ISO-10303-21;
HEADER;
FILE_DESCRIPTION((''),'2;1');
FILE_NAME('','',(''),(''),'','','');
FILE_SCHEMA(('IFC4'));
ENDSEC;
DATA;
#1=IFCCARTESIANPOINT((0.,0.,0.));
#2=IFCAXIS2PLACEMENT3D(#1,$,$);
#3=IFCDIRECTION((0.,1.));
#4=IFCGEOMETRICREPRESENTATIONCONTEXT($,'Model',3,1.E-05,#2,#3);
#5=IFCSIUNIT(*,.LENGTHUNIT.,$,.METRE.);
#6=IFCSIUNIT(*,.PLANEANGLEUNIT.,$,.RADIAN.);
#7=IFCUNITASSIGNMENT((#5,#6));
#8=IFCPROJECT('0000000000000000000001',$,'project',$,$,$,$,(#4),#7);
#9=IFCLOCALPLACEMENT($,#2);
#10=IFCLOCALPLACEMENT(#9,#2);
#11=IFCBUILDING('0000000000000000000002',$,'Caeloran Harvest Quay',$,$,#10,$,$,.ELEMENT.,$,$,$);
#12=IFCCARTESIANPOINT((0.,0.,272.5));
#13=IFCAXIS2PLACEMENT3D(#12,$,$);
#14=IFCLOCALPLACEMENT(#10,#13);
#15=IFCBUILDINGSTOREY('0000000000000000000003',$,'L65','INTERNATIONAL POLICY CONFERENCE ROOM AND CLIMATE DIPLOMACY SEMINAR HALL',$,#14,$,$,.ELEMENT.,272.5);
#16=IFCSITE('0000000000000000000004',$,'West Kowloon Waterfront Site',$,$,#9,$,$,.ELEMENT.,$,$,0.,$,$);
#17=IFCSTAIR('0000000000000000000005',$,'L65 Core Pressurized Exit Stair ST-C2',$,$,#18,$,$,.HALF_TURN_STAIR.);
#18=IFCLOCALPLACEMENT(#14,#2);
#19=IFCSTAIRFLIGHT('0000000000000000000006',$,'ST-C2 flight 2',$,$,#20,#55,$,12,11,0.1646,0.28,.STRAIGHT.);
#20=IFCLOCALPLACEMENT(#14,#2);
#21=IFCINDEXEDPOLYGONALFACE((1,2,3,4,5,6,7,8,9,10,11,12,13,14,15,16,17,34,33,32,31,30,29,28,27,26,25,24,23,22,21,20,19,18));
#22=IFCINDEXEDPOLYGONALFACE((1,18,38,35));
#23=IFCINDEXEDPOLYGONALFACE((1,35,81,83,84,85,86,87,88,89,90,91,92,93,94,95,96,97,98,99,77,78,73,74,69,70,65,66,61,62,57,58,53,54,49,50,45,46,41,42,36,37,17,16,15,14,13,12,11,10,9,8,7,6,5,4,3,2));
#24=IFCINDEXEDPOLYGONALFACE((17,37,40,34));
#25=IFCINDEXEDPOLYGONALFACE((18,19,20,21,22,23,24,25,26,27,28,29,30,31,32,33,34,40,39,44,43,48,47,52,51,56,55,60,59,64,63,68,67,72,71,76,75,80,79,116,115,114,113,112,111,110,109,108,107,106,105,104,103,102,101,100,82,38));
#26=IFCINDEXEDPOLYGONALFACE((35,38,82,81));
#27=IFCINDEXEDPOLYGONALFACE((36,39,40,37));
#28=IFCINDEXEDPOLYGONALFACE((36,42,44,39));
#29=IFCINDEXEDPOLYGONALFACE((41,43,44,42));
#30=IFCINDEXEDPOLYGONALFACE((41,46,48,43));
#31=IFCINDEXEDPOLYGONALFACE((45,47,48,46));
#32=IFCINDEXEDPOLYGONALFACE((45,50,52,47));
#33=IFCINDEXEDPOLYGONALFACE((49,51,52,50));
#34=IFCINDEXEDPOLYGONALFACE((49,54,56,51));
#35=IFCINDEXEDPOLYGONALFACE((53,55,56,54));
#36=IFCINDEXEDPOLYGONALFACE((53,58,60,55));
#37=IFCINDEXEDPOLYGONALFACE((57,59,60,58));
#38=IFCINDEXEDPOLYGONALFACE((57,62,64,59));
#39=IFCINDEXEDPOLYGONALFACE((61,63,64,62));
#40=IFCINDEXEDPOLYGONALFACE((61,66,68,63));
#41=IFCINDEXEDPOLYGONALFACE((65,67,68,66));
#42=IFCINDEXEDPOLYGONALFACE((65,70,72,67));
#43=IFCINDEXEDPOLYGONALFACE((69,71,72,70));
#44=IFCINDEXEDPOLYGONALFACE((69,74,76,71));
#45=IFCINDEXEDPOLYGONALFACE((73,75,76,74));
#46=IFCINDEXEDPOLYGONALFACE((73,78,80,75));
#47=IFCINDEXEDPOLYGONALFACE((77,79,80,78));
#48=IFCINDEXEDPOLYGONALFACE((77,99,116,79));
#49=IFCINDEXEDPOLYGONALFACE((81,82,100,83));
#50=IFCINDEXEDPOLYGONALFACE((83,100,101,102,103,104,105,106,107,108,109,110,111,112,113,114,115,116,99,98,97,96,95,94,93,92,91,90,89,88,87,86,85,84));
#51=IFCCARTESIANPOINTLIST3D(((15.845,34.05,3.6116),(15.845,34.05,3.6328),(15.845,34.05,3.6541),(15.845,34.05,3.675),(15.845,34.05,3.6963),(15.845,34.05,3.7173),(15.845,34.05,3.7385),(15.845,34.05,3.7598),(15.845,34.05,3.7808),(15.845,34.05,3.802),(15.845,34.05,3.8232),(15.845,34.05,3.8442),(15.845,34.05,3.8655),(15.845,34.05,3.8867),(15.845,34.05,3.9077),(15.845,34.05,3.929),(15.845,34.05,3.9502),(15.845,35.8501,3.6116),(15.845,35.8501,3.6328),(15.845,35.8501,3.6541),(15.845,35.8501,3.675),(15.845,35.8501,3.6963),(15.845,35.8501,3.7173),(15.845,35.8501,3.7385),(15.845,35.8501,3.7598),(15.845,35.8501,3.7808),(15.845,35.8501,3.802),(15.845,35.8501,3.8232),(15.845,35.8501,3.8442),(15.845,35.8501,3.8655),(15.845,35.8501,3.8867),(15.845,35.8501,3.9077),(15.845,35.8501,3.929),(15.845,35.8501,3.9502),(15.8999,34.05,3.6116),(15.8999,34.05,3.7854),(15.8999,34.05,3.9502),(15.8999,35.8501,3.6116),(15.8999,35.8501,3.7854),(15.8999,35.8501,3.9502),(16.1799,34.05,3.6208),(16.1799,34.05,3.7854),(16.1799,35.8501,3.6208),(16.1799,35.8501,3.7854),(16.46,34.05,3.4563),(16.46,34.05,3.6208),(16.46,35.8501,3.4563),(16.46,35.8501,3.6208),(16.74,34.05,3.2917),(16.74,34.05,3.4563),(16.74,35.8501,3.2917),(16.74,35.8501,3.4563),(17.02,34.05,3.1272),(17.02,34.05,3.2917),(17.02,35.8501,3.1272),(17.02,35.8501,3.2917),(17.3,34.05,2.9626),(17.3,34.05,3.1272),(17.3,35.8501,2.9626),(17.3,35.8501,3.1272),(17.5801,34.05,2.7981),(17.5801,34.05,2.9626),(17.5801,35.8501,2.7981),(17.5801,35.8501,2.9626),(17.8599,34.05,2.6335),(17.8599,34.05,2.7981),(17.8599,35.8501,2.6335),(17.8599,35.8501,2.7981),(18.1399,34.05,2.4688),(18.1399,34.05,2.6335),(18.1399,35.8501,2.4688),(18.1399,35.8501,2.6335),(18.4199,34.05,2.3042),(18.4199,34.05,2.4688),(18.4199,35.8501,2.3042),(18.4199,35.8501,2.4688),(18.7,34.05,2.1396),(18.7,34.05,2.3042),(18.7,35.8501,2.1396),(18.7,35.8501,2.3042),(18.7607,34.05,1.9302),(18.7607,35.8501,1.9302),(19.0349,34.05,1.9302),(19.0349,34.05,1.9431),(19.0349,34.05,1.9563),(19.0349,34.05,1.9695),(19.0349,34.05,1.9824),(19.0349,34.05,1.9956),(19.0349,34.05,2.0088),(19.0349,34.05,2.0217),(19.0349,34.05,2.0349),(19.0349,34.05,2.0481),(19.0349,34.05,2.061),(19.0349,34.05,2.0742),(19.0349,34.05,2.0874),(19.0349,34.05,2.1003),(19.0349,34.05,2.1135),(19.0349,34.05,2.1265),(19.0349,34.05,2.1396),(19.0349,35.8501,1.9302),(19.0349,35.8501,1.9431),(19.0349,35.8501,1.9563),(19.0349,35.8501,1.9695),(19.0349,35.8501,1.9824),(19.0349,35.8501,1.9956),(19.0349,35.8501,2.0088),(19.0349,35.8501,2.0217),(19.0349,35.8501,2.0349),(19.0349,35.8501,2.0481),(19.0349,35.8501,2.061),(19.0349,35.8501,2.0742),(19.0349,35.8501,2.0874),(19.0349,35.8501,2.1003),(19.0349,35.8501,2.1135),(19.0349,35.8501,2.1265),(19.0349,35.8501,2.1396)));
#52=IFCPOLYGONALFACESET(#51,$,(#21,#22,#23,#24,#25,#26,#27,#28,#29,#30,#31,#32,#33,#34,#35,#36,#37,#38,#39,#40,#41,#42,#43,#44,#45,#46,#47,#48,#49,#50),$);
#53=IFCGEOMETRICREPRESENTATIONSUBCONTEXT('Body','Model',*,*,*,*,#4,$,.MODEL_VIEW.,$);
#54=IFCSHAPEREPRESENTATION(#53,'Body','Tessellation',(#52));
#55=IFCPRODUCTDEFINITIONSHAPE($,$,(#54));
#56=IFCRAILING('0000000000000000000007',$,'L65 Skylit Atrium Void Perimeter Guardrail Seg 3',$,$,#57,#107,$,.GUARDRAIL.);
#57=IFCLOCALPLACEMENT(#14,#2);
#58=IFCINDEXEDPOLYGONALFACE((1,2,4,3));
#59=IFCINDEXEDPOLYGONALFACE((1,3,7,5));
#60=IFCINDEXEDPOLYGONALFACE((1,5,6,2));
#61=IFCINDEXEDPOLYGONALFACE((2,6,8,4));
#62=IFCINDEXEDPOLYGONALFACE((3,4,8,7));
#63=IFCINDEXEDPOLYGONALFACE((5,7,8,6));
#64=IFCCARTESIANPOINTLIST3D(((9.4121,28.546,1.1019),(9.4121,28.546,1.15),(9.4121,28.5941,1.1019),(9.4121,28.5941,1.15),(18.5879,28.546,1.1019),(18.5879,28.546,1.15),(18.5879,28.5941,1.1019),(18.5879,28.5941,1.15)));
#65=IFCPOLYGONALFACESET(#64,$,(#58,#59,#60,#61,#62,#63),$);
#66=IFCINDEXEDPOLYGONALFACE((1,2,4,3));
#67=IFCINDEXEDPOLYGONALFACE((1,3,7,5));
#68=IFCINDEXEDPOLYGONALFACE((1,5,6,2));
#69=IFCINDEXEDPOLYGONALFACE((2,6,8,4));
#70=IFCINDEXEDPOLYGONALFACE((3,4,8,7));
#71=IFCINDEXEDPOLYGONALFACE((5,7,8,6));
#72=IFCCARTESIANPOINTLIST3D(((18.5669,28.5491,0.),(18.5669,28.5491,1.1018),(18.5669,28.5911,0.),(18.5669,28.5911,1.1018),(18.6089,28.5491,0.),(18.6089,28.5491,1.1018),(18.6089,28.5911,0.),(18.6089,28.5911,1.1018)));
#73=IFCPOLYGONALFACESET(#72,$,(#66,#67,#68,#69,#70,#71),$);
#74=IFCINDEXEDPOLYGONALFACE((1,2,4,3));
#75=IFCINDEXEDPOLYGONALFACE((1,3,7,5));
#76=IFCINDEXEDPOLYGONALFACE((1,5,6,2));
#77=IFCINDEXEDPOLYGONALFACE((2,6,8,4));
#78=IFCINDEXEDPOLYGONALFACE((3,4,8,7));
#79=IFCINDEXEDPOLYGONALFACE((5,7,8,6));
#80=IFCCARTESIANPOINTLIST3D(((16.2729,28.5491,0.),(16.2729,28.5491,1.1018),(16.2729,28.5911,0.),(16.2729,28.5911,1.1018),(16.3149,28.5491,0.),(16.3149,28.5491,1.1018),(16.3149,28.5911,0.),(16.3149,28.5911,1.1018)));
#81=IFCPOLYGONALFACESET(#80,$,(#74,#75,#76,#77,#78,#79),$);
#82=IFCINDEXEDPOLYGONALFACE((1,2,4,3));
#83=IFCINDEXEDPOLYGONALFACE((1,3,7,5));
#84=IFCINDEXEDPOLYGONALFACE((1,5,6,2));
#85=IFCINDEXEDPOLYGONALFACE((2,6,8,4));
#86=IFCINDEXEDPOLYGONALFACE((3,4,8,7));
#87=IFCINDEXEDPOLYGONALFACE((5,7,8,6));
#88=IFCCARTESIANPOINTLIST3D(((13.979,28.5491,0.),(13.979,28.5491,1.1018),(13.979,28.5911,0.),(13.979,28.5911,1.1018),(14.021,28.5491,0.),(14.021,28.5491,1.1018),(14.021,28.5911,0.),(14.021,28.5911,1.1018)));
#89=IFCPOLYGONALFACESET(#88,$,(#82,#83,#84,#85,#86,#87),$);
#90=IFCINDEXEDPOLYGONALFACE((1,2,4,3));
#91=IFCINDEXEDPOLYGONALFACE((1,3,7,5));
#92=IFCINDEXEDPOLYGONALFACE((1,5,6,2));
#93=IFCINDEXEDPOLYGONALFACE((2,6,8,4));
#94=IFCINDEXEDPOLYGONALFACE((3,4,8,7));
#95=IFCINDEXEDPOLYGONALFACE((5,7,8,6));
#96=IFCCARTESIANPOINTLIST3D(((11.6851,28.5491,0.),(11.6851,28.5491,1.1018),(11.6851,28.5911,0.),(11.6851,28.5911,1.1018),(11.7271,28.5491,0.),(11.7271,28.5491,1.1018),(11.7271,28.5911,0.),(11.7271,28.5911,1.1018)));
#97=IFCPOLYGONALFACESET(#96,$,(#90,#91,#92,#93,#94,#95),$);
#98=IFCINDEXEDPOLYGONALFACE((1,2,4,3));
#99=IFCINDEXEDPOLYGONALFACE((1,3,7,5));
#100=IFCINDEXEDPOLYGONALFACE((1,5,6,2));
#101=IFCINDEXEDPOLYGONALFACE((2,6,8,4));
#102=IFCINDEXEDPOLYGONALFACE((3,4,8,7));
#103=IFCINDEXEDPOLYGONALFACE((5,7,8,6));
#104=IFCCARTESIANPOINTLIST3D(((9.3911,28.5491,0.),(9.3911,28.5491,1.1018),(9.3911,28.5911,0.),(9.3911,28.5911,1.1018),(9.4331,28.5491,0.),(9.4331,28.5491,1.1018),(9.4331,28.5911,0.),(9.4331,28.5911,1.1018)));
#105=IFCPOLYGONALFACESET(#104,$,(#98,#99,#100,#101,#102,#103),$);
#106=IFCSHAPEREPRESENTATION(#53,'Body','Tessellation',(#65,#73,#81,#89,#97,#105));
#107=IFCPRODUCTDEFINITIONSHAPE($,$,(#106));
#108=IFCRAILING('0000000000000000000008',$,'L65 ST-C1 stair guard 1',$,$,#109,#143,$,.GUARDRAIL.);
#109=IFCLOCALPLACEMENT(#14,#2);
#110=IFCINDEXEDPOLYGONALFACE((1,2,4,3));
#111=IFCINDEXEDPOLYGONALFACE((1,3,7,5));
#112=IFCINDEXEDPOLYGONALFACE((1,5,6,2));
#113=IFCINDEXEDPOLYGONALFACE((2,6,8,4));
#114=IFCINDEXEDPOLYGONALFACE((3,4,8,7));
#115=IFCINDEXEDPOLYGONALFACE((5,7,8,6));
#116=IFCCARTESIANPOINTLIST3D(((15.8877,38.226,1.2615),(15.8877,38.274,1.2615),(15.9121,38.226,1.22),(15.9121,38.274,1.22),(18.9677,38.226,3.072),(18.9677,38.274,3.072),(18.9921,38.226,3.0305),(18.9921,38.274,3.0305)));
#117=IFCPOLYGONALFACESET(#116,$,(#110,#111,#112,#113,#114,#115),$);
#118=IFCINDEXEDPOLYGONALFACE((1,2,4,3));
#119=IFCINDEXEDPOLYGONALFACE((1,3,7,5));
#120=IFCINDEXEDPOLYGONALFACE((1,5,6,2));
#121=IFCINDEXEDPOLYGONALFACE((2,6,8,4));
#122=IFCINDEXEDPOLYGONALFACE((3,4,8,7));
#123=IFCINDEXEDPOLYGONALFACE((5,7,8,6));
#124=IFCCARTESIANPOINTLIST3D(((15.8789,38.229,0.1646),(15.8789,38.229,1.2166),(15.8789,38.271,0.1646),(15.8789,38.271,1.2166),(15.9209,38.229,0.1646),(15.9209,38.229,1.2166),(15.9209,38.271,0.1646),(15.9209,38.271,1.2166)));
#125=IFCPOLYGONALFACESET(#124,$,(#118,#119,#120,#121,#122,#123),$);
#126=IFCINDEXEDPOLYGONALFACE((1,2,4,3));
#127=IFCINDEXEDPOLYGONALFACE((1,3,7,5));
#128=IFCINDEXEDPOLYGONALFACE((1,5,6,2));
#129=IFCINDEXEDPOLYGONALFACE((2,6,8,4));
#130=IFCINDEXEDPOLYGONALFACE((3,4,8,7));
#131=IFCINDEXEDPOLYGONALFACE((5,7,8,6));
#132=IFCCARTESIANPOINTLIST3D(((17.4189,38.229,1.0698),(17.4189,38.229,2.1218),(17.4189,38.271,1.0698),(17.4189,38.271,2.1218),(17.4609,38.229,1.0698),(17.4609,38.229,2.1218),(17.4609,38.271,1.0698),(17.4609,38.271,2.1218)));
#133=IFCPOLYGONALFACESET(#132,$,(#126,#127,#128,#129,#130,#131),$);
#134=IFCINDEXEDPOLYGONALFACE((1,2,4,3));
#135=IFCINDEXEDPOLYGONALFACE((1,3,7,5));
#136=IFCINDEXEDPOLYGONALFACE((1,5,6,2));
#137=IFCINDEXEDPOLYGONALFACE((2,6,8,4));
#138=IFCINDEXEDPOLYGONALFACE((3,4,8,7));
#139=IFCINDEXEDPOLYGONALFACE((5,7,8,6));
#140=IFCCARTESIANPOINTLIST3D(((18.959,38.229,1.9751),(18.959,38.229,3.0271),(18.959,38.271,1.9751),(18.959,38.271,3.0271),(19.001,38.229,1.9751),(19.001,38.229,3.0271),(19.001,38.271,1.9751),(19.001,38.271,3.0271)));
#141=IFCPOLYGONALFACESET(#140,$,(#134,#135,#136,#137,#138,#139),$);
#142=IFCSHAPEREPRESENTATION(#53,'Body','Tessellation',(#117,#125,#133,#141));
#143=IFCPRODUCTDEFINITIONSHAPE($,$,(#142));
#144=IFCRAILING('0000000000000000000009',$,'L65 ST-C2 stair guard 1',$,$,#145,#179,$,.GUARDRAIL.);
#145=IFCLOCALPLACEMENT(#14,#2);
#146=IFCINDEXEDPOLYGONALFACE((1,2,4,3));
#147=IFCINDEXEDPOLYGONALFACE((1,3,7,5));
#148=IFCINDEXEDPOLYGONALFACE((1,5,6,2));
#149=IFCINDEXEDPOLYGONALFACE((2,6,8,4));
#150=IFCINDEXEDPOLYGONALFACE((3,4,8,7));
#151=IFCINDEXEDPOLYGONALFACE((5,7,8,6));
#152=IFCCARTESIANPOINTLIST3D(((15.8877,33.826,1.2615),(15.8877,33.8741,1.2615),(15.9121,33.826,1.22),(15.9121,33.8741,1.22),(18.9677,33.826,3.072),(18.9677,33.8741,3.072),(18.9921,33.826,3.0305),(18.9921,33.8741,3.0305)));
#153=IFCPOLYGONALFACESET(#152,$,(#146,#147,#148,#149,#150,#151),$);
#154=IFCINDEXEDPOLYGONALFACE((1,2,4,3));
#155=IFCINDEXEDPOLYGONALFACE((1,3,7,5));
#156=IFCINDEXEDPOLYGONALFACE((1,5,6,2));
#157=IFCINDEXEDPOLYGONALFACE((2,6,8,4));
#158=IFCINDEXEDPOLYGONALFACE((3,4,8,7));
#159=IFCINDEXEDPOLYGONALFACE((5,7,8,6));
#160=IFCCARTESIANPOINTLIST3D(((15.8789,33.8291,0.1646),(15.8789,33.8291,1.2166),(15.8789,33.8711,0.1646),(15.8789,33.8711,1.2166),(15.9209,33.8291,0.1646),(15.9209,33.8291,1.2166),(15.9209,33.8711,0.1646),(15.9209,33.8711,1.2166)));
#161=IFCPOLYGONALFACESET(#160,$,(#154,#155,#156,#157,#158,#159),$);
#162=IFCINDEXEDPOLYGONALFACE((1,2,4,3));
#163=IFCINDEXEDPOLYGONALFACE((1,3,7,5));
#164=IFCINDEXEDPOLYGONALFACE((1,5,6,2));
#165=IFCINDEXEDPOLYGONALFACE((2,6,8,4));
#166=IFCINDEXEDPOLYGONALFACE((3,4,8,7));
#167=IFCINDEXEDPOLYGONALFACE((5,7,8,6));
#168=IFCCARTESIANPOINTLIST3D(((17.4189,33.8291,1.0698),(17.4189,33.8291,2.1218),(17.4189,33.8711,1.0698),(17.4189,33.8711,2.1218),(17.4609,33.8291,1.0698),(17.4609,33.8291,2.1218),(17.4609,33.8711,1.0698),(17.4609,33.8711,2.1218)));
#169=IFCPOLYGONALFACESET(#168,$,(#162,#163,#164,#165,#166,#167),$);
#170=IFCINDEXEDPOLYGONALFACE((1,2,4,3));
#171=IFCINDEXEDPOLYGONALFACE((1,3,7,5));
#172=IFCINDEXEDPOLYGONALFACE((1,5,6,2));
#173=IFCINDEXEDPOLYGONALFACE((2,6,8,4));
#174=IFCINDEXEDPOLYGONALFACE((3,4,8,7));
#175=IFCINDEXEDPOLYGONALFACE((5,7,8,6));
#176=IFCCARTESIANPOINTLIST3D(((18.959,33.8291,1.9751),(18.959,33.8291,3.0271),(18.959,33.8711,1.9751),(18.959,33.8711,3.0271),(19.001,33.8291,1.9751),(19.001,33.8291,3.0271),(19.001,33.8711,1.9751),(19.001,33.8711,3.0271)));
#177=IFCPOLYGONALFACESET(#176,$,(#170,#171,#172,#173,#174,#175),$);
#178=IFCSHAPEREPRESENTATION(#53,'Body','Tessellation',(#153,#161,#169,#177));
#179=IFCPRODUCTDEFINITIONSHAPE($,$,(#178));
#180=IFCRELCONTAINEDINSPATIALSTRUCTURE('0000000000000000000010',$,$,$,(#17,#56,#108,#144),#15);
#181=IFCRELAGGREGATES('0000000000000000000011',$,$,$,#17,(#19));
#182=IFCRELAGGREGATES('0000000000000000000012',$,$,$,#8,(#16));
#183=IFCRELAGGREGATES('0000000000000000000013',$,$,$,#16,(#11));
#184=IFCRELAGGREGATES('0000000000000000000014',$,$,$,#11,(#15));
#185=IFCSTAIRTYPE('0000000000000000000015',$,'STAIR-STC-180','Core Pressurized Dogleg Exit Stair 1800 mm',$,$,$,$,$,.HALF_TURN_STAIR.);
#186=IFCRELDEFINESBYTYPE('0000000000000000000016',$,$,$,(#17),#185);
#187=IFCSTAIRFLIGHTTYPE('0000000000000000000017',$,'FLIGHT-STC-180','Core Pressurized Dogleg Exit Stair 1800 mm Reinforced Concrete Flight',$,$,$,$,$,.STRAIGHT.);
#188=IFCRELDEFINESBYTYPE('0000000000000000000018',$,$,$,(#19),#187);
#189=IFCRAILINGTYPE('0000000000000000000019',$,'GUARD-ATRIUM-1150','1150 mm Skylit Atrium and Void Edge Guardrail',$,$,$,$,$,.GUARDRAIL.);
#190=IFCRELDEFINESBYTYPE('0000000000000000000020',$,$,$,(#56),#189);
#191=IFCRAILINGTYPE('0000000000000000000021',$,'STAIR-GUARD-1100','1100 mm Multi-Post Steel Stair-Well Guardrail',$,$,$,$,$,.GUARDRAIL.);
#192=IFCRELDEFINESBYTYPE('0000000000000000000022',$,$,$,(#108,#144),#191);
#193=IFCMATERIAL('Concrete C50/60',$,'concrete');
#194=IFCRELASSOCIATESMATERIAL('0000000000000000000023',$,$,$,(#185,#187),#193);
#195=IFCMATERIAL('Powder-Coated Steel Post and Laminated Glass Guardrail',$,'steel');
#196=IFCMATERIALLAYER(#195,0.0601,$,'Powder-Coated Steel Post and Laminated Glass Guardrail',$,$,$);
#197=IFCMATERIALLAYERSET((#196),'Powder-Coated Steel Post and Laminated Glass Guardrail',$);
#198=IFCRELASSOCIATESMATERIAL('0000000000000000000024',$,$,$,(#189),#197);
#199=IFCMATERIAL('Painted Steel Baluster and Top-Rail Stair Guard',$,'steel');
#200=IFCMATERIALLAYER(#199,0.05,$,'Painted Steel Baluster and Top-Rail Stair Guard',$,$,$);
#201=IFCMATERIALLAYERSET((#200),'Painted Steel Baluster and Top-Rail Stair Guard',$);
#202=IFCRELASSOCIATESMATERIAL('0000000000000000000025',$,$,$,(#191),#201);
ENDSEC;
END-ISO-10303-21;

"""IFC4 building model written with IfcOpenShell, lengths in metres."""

from ifc_helpers import new_model, si_unit, direction, frame, origin, origin_2d, place, context, subcontext, project, spatial, polyline, rectangle, outline, extrude, material, layer, layer_set, type_object, element, aggregate, save


model = new_model("IFC4")

# Units and contexts
model_context = context("Model", 3, precision=1e-05, world=origin(), true_north=direction((0.0, 1.0)))
body_context = subcontext(model_context, "Body", "Model", "MODEL_VIEW")
ifc_project = project(units=[si_unit("LENGTHUNIT", "METRE"), si_unit("PLANEANGLEUNIT", "RADIAN")], contexts=[model_context])

# Site, building, storey
site_placement = place(None, origin())
site = spatial("IfcSite", under=ifc_project, at=site_placement, Name="West Kowloon Waterfront Site", CompositionType="ELEMENT", RefElevation=0.0)
building_placement = place(site_placement, origin())
building = spatial("IfcBuilding", under=site, at=building_placement, Name="Caeloran Harvest Quay", CompositionType="ELEMENT")
storey_placement = place(building_placement, frame((0.0, 0.0, 272.5)))
storey = spatial("IfcBuildingStorey", under=building, at=storey_placement, Name="L65", Description="INTERNATIONAL POLICY CONFERENCE ROOM AND CLIMATE DIPLOMACY SEMINAR HALL", CompositionType="ELEMENT", Elevation=272.5)

# Shared definitions
ifc_material_1 = material(Name="Concrete C50/60", Category="concrete")
stair_type = type_object("IfcStairType", Name="STAIR-STC-180", Description="Core Pressurized Dogleg Exit Stair 1800 mm", PredefinedType="HALF_TURN_STAIR", material=ifc_material_1)
stair_flight_type = type_object("IfcStairFlightType", Name="FLIGHT-STC-180", Description="Core Pressurized Dogleg Exit Stair 1800 mm Reinforced Concrete Flight", PredefinedType="STRAIGHT", material=ifc_material_1)

# Stair, stair flight
stair_1_placement = place(storey_placement, origin())
stair_1 = element("IfcStair", 1, at=stair_1_placement, inside=storey, type_object=stair_type, Name="L65 Core Pressurized Exit Stair ST-C2", PredefinedType="HALF_TURN_STAIR")
stair_flight_1_placement = place(storey_placement, frame((18.98, 34.95, 1.9751), z_axis=(0.0, 0.0, 1.0), x_axis=(-1.0, 0.0, 0.0)))
stair_flight_1 = element("IfcStairFlight", 2, at=stair_flight_1_placement, type_object=stair_flight_type, Name="ST-C2 flight 2", NumberOfRisers=12, NumberOfTreads=11, PredefinedType="STRAIGHT", RiserHeight=0.1646, TreadLength=0.28, context=body_context, shape_type="SweptSolid", body=[
    extrude(outline(polyline([(-0.0549, -0.0449), (-0.0549, -0.032), (-0.0549, -0.0188), (-0.0549, -0.0056), (-0.0549, 0.0073), (-0.0549, 0.0205), (-0.0549, 0.0337), (-0.0549, 0.0466), (-0.0549, 0.0598), (-0.0549, 0.073), (-0.0549, 0.0859), (-0.0549, 0.0991), (-0.0549, 0.1123), (-0.0549, 0.1252), (-0.0549, 0.1384), (-0.0549, 0.1514), (-0.0549, 0.1646), (0.28, 0.1646), (0.28, 0.3291), (0.5601, 0.3291), (0.5601, 0.4937), (0.8401, 0.4937), (0.8401, 0.6584), (1.1201, 0.6584), (1.1201, 0.823), (1.3999, 0.823), (1.3999, 0.9875), (1.6799, 0.9875), (1.6799, 1.1521), (1.96, 1.1521), (1.96, 1.3167), (2.24, 1.3167), (2.24, 1.4812), (2.52, 1.4812), (2.52, 1.6458), (2.8, 1.6458), (2.8, 1.8103), (3.0801, 1.8103), (3.0801, 1.9751), (3.135, 1.9751), (3.135, 1.9539), (3.135, 1.9326), (3.135, 1.9116), (3.135, 1.8904), (3.135, 1.8691), (3.135, 1.8481), (3.135, 1.8269), (3.135, 1.8057), (3.135, 1.7847), (3.135, 1.7634), (3.135, 1.7422), (3.135, 1.7212), (3.135, 1.7), (3.135, 1.679), (3.135, 1.6577), (3.135, 1.6365), (3.0801, 1.6365), (0.2192, -0.0449), (-0.0549, -0.0449)])), frame((0.0, 0.8999, 0.0), z_axis=(0.0, -1.0, 0.0), x_axis=(1.0, 0.0, 0.0)), (0.0, 0.0, 1.0), 1.8),
])
aggregate(stair_1, [stair_flight_1])

# Railings
ifc_material_2 = material(Name="Powder-Coated Steel Post and Laminated Glass Guardrail", Category="steel")
ifc_layer_1 = layer(ifc_material_2, 0.0601, Name="Powder-Coated Steel Post and Laminated Glass Guardrail")
ifc_layer_set_1 = layer_set([ifc_layer_1], Name="Powder-Coated Steel Post and Laminated Glass Guardrail")
railing_type_1 = type_object("IfcRailingType", Name="GUARD-ATRIUM-1150", Description="1150 mm Skylit Atrium and Void Edge Guardrail", PredefinedType="GUARDRAIL", material=ifc_layer_set_1)
railing_1_placement = place(storey_placement, frame((18.5879, 28.5701, 0.0)))
element("IfcRailing", 3, at=railing_1_placement, inside=storey, type_object=railing_type_1, Name="L65 Skylit Atrium Void Perimeter Guardrail Seg 3", PredefinedType="GUARDRAIL", context=body_context, shape_type="SweptSolid", body=[
    extrude(rectangle(XDim=0.0481, YDim=0.0481, at=origin_2d()), frame((0.0, 0.0, 1.126), z_axis=(-1.0, 0.0, 0.0), x_axis=(0.0, -1.0, 0.0)), (0.0, 0.0, 1.0), 9.1758),
    extrude(rectangle(XDim=0.042, YDim=0.042, at=origin_2d()), origin(), (0.0, 0.0, 1.0), 1.1018),
    extrude(rectangle(XDim=0.042, YDim=0.042, at=origin_2d()), frame((-2.2939, 0.0, 0.0)), (0.0, 0.0, 1.0), 1.1018),
    extrude(rectangle(XDim=0.042, YDim=0.042, at=origin_2d()), frame((-4.5879, 0.0, 0.0)), (0.0, 0.0, 1.0), 1.1018),
    extrude(rectangle(XDim=0.042, YDim=0.042, at=origin_2d()), frame((-6.8818, 0.0, 0.0)), (0.0, 0.0, 1.0), 1.1018),
    extrude(rectangle(XDim=0.042, YDim=0.042, at=origin_2d()), frame((-9.1758, 0.0, 0.0)), (0.0, 0.0, 1.0), 1.1018),
])
ifc_material_3 = material(Name="Painted Steel Baluster and Top-Rail Stair Guard", Category="steel")
ifc_layer_2 = layer(ifc_material_3, 0.05, Name="Painted Steel Baluster and Top-Rail Stair Guard")
ifc_layer_set_2 = layer_set([ifc_layer_2], Name="Painted Steel Baluster and Top-Rail Stair Guard")
railing_type_2 = type_object("IfcRailingType", Name="STAIR-GUARD-1100", Description="1100 mm Multi-Post Steel Stair-Well Guardrail", PredefinedType="GUARDRAIL", material=ifc_layer_set_2)
for number, where, name in (
    (4, (15.8999, 38.25, 0.1646), "L65 ST-C1 stair guard 1"),
    (5, (15.8999, 33.8501, 0.1646), "L65 ST-C2 stair guard 1"),
):
    element("IfcRailing", number, at=place(storey_placement, frame(where)), inside=storey, type_object=railing_type_2, Name=name, PredefinedType="GUARDRAIL", context=body_context, shape_type="SweptSolid", body=[
        extrude(rectangle(XDim=0.0481, YDim=0.0481, at=origin_2d()), frame((0.0, 0.0, 1.0762), z_axis=(0.862089, 0.0, 0.506757), x_axis=(0.0, 1.0, 0.0)), (0.0, 0.0, 1.0), 3.5728),
        extrude(rectangle(XDim=0.042, YDim=0.042, at=origin_2d()), origin(), (0.0, 0.0, 1.0), 1.052),
        extrude(rectangle(XDim=0.042, YDim=0.042, at=origin_2d()), frame((1.54, 0.0, 0.9053)), (0.0, 0.0, 1.0), 1.052),
        extrude(rectangle(XDim=0.042, YDim=0.042, at=origin_2d()), frame((3.0801, 0.0, 1.8105)), (0.0, 0.0, 1.0), 1.052),
    ])

save(model, "model.ifc")
